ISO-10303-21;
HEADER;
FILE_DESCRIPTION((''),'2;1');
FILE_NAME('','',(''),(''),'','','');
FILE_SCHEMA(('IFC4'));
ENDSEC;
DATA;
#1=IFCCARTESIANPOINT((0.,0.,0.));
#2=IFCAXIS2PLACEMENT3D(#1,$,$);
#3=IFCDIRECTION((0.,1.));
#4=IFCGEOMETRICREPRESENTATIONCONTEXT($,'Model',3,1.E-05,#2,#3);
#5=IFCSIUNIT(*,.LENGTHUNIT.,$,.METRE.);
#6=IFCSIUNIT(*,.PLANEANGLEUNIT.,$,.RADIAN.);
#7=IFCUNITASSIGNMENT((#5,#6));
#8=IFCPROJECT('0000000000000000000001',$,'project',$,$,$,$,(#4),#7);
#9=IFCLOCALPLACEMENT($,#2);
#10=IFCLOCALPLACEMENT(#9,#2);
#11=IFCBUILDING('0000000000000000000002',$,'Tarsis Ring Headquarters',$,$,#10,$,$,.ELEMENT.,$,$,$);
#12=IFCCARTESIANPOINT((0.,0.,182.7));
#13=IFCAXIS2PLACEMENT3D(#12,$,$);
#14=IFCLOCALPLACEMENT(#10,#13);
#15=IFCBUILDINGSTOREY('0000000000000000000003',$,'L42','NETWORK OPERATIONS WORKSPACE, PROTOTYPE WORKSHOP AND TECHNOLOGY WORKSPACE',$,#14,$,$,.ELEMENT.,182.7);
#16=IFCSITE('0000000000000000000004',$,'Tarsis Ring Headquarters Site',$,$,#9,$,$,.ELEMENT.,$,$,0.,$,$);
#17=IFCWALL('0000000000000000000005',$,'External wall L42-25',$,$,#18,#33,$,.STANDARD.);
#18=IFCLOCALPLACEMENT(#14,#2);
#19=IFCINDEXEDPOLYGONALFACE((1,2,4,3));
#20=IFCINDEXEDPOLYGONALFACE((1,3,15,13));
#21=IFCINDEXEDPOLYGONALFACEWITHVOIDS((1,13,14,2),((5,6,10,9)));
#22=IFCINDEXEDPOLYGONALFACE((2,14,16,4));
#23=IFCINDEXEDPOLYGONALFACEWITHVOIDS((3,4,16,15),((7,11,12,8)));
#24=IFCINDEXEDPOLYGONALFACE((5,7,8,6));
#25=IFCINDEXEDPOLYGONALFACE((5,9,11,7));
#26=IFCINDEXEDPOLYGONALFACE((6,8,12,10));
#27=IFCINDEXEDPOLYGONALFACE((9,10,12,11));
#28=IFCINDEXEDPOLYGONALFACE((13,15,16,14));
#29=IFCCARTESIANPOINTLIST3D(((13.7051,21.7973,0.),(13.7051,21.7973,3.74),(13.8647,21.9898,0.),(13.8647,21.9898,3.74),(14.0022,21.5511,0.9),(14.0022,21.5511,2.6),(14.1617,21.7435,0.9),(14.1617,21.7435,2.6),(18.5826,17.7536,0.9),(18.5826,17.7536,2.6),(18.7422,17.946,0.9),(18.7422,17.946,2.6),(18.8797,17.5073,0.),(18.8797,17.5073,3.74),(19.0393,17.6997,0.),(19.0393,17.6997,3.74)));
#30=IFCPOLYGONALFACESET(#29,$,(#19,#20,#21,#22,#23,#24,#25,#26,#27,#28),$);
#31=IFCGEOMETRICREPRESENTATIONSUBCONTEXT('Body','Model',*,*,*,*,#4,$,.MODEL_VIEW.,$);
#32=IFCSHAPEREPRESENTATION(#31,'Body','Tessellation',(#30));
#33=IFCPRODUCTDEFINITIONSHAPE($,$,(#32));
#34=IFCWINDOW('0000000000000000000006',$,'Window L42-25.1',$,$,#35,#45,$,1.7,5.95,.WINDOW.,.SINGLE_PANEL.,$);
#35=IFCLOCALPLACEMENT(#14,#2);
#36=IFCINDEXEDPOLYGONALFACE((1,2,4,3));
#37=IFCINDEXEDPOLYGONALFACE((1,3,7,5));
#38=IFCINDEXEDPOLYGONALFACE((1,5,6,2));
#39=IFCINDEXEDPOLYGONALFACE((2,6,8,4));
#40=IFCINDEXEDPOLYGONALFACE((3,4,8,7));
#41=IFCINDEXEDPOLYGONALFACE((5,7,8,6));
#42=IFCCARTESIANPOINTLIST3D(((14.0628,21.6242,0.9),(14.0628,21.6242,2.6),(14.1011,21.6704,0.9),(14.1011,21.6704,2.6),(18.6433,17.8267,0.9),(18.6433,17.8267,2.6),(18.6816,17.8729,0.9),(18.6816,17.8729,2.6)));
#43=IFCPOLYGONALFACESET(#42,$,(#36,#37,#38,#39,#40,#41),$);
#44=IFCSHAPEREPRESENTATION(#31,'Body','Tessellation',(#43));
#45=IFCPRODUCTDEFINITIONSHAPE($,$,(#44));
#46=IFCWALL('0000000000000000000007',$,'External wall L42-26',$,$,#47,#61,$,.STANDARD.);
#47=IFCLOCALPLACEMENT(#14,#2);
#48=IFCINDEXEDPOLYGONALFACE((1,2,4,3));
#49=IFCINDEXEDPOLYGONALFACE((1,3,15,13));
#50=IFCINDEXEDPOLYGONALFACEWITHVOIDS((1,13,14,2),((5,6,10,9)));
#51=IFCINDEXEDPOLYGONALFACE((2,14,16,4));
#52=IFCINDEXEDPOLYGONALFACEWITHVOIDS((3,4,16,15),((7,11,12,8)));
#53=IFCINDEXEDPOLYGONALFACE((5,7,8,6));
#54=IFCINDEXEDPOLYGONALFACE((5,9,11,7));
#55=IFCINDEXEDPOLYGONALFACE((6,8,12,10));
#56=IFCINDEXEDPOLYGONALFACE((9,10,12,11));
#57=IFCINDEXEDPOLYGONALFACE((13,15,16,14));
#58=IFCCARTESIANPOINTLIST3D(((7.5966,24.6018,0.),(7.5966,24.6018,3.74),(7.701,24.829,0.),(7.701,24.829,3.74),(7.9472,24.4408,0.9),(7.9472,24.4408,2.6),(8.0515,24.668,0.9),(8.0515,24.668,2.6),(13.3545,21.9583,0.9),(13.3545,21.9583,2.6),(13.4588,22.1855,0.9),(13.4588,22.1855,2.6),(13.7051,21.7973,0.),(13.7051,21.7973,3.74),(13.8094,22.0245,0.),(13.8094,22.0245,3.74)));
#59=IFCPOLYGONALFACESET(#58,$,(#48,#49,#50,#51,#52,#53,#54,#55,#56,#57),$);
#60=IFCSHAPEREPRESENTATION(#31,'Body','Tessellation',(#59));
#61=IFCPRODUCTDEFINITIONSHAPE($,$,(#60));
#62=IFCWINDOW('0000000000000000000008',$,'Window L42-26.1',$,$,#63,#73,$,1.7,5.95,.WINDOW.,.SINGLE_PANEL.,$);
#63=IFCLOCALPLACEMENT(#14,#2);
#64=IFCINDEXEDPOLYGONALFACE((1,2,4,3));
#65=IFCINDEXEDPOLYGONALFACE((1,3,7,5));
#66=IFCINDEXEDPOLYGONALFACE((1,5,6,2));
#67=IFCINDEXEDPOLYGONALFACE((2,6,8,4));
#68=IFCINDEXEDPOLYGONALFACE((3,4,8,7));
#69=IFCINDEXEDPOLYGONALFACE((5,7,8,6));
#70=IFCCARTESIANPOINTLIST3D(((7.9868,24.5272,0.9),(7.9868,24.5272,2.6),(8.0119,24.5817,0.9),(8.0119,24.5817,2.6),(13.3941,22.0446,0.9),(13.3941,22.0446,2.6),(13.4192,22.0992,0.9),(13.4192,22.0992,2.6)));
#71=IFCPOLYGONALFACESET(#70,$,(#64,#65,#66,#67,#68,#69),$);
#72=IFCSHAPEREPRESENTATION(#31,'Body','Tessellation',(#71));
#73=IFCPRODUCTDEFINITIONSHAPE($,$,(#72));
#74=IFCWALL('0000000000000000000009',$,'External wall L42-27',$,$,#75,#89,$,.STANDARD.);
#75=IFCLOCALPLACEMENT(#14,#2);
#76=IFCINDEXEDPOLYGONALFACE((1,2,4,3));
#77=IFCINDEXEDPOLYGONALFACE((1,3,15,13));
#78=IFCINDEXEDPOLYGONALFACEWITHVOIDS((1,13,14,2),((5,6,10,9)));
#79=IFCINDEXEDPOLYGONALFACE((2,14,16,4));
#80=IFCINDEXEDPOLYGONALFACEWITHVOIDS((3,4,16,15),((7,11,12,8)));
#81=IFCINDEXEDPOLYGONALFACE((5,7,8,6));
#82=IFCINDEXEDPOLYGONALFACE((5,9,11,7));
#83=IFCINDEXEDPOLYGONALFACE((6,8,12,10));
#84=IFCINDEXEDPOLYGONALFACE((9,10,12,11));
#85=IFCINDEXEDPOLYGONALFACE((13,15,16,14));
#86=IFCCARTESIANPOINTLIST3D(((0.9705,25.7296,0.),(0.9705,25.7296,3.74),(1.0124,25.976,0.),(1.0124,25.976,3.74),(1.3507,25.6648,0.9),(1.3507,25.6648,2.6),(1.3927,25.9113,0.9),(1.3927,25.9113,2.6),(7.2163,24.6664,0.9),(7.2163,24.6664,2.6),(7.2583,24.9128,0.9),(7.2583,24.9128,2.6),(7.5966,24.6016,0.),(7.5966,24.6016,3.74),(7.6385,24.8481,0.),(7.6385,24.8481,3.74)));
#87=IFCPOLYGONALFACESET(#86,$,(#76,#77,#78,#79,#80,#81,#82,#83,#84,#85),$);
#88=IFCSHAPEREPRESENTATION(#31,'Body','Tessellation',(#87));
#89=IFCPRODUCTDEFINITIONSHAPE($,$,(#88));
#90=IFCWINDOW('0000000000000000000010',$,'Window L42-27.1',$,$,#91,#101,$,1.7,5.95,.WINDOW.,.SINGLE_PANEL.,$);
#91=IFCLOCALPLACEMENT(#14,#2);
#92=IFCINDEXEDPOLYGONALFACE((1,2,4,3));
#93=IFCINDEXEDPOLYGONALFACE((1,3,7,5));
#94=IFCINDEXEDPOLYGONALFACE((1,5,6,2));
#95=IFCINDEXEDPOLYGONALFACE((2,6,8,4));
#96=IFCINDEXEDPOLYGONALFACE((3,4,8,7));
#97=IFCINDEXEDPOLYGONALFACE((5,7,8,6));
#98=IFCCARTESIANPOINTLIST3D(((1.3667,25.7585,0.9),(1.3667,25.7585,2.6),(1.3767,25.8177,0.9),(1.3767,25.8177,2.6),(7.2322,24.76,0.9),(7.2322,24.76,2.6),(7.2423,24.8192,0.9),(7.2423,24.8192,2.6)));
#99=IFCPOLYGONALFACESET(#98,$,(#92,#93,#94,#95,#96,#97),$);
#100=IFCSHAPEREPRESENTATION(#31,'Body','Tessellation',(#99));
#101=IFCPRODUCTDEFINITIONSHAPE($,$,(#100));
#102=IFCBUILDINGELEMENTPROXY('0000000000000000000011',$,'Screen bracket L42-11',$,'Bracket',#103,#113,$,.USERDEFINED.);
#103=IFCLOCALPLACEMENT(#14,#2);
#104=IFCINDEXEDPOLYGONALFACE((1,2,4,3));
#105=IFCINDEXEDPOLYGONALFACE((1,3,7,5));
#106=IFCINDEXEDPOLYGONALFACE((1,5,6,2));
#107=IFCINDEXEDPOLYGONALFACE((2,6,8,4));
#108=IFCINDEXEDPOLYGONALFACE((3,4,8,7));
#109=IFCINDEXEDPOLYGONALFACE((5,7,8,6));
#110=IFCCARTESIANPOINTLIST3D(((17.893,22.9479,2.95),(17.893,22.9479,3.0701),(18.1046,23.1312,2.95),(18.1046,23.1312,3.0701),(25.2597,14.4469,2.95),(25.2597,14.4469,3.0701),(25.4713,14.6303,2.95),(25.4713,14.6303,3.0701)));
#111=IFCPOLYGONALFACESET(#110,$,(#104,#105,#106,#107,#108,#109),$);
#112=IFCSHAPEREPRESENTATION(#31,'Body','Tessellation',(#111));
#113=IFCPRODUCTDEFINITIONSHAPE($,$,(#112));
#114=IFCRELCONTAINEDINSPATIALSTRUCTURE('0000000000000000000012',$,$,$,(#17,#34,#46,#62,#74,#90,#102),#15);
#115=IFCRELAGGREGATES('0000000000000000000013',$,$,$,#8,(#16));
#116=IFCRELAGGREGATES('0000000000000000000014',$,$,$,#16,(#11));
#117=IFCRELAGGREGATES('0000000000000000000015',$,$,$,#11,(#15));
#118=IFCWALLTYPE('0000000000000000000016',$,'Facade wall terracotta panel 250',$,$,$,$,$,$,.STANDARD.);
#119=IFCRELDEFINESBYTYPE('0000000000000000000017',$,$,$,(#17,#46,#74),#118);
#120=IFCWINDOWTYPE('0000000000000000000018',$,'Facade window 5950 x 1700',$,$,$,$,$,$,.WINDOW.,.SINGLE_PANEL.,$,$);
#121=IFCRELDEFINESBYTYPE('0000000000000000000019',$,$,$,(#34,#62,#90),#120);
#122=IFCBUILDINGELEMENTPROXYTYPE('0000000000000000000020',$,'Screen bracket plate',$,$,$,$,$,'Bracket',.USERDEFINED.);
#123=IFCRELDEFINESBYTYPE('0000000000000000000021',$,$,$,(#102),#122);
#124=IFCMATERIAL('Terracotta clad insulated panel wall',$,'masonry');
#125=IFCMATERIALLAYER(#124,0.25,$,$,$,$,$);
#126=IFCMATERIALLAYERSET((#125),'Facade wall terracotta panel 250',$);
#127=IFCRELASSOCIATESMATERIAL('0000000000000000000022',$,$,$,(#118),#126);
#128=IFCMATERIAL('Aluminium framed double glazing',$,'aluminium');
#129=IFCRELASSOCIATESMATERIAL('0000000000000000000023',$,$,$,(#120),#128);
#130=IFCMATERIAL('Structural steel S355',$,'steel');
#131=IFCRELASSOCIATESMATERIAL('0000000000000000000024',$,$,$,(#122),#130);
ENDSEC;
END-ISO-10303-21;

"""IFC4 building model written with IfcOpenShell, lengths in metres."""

from ifc_helpers import new_model, si_unit, direction, frame, frame_2d, origin, origin_2d, place, context, subcontext, project, spatial, rectangle, extrude, material, layer, layer_set, type_object, element, fill, save


model = new_model("IFC4")

# Units and contexts
model_context = context("Model", 3, precision=1e-05, world=origin(), true_north=direction((0.0, 1.0)))
body_context = subcontext(model_context, "Body", "Model", "MODEL_VIEW")
ifc_project = project(units=[si_unit("LENGTHUNIT", "METRE"), si_unit("PLANEANGLEUNIT", "RADIAN")], contexts=[model_context])

# Site, building, storey
site_placement = place(None, origin())
site = spatial("IfcSite", under=ifc_project, at=site_placement, Name="Tarsis Ring Headquarters Site", CompositionType="ELEMENT", RefElevation=0.0)
building_placement = place(site_placement, origin())
building = spatial("IfcBuilding", under=site, at=building_placement, Name="Tarsis Ring Headquarters", CompositionType="ELEMENT")
storey_placement = place(building_placement, frame((0.0, 0.0, 182.7)))
storey = spatial("IfcBuildingStorey", under=building, at=storey_placement, Name="L42", Description="NETWORK OPERATIONS WORKSPACE, PROTOTYPE WORKSHOP AND TECHNOLOGY WORKSPACE", CompositionType="ELEMENT", Elevation=182.7)

# Shared definitions
ifc_material_1 = material(Name="Structural steel S355", Category="steel")

# Walls, openings, windows
ifc_material_2 = material(Name="Terracotta clad insulated panel wall", Category="masonry")
ifc_layer = layer(ifc_material_2, 0.25)
ifc_layer_set = layer_set([ifc_layer], Name="Facade wall terracotta panel 250")
wall_type = type_object("IfcWallType", Name="Facade wall terracotta panel 250", PredefinedType="STANDARD", material=ifc_layer_set)
wall_1_placement = place(storey_placement, frame((18.9595, 17.6035, 0.0), z_axis=(0.0, 0.0, 1.0), x_axis=(-0.769835, 0.638242, 0.0)))
wall_1 = element("IfcWall", 1, at=wall_1_placement, inside=storey, type_object=wall_type, Name="External wall L42-25", PredefinedType="STANDARD", context=body_context, shape_type="SweptSolid", body=[
    extrude(rectangle(XDim=6.7217, YDim=0.25, at=frame_2d((3.3608, 0.0))), origin(), (0.0, 0.0, 1.0), 3.74),
])
opening_1_placement = place(wall_1_placement, frame((0.3857, 0.0, 0.8999)))
opening_1 = element("IfcOpeningElement", 2, at=opening_1_placement, cuts=wall_1, PredefinedType="OPENING", context=body_context, shape_type="SweptSolid", body=[
    extrude(rectangle(XDim=5.95, YDim=1.7, at=frame_2d((2.9751, 0.8501))), frame((0.0, 0.135, 0.0), z_axis=(0.0, -1.0, 0.0), x_axis=(1.0, 0.0, 0.0)), (0.0, 0.0, 1.0), 0.27),
])
ifc_material_3 = material(Name="Aluminium framed double glazing", Category="aluminium")
window_type = type_object("IfcWindowType", Name="Facade window 5950 x 1700", PartitioningType="SINGLE_PANEL", PredefinedType="WINDOW", material=ifc_material_3)
window_1_placement = place(opening_1_placement, origin())
window_1 = element("IfcWindow", 3, at=window_1_placement, inside=storey, type_object=window_type, Name="Window L42-25.1", OverallHeight=1.7, OverallWidth=5.95, PartitioningType="SINGLE_PANEL", PredefinedType="WINDOW", context=body_context, shape_type="SweptSolid", body=[
    extrude(rectangle(XDim=5.95, YDim=1.7, at=frame_2d((2.9751, 0.8501))), frame((0.0, 0.03, 0.0), z_axis=(0.0, -1.0, 0.0), x_axis=(1.0, 0.0, 0.0)), (0.0, 0.0, 1.0), 0.0601),
])
fill(opening_1, window_1)
wall_2_placement = place(storey_placement, frame((13.7573, 21.9109, 0.0), z_axis=(0.0, 0.0, 1.0), x_axis=(-0.908796, 0.41724, 0.0)))
wall_2 = element("IfcWall", 4, at=wall_2_placement, inside=storey, type_object=wall_type, Name="External wall L42-26", PredefinedType="STANDARD", context=body_context, shape_type="SweptSolid", body=[
    extrude(rectangle(XDim=6.7214, YDim=0.25, at=frame_2d((3.3608, 0.0))), origin(), (0.0, 0.0, 1.0), 3.74),
])
opening_2_placement = place(wall_2_placement, frame((0.3857, 0.0, 0.8999)))
opening_2 = element("IfcOpeningElement", 5, at=opening_2_placement, cuts=wall_2, PredefinedType="OPENING", context=body_context, shape_type="SweptSolid", body=[
    extrude(rectangle(XDim=5.95, YDim=1.7, at=frame_2d((2.9751, 0.8501))), frame((0.0, 0.135, 0.0), z_axis=(0.0, -1.0, 0.0), x_axis=(1.0, 0.0, 0.0)), (0.0, 0.0, 1.0), 0.27),
])
window_2_placement = place(opening_2_placement, origin())
window_2 = element("IfcWindow", 6, at=window_2_placement, inside=storey, type_object=window_type, Name="Window L42-26.1", OverallHeight=1.7, OverallWidth=5.95, PartitioningType="SINGLE_PANEL", PredefinedType="WINDOW", context=body_context, shape_type="SweptSolid", body=[
    extrude(rectangle(XDim=5.95, YDim=1.7, at=frame_2d((2.9751, 0.8501))), frame((0.0, 0.03, 0.0), z_axis=(0.0, -1.0, 0.0), x_axis=(1.0, 0.0, 0.0)), (0.0, 0.0, 1.0), 0.0601),
])
fill(opening_2, window_2)
wall_3_placement = place(storey_placement, frame((7.6177, 24.7249, 0.0), z_axis=(0.0, 0.0, 1.0), x_axis=(-0.98582, 0.167808, 0.0)))
wall_3 = element("IfcWall", 7, at=wall_3_placement, inside=storey, type_object=wall_type, Name="External wall L42-27", PredefinedType="STANDARD", context=body_context, shape_type="SweptSolid", body=[
    extrude(rectangle(XDim=6.7214, YDim=0.25, at=frame_2d((3.3608, 0.0))), origin(), (0.0, 0.0, 1.0), 3.74),
])
opening_3_placement = place(wall_3_placement, frame((0.3857, 0.0, 0.8999)))
opening_3 = element("IfcOpeningElement", 8, at=opening_3_placement, cuts=wall_3, PredefinedType="OPENING", context=body_context, shape_type="SweptSolid", body=[
    extrude(rectangle(XDim=5.95, YDim=1.7, at=frame_2d((2.9751, 0.8501))), frame((0.0, 0.135, 0.0), z_axis=(0.0, -1.0, 0.0), x_axis=(1.0, 0.0, 0.0)), (0.0, 0.0, 1.0), 0.27),
])
window_3_placement = place(opening_3_placement, origin())
window_3 = element("IfcWindow", 9, at=window_3_placement, inside=storey, type_object=window_type, Name="Window L42-27.1", OverallHeight=1.7, OverallWidth=5.95, PartitioningType="SINGLE_PANEL", PredefinedType="WINDOW", context=body_context, shape_type="SweptSolid", body=[
    extrude(rectangle(XDim=5.95, YDim=1.7, at=frame_2d((2.9751, 0.8501))), frame((0.0, 0.03, 0.0), z_axis=(0.0, -1.0, 0.0), x_axis=(1.0, 0.0, 0.0)), (0.0, 0.0, 1.0), 0.0601),
])
fill(opening_3, window_3)

# Building element proxy
building_element_proxy_type = type_object("IfcBuildingElementProxyType", Name="Screen bracket plate", ElementType="Bracket", PredefinedType="USERDEFINED", material=ifc_material_1)
proxy_placement = place(storey_placement, frame((21.6821, 18.7891, 2.95), z_axis=(0.0, 0.0, 1.0), x_axis=(-0.654889, 0.755725, 0.0)))
element("IfcBuildingElementProxy", 10, at=proxy_placement, inside=storey, type_object=building_element_proxy_type, Name="Screen bracket L42-11", ObjectType="Bracket", PredefinedType="USERDEFINED", context=body_context, shape_type="SweptSolid", body=[
    extrude(rectangle(XDim=11.2488, YDim=0.28, at=origin_2d()), origin(), (0.0, 0.0, 1.0), 0.1201),
])

save(model, "model.ifc")
